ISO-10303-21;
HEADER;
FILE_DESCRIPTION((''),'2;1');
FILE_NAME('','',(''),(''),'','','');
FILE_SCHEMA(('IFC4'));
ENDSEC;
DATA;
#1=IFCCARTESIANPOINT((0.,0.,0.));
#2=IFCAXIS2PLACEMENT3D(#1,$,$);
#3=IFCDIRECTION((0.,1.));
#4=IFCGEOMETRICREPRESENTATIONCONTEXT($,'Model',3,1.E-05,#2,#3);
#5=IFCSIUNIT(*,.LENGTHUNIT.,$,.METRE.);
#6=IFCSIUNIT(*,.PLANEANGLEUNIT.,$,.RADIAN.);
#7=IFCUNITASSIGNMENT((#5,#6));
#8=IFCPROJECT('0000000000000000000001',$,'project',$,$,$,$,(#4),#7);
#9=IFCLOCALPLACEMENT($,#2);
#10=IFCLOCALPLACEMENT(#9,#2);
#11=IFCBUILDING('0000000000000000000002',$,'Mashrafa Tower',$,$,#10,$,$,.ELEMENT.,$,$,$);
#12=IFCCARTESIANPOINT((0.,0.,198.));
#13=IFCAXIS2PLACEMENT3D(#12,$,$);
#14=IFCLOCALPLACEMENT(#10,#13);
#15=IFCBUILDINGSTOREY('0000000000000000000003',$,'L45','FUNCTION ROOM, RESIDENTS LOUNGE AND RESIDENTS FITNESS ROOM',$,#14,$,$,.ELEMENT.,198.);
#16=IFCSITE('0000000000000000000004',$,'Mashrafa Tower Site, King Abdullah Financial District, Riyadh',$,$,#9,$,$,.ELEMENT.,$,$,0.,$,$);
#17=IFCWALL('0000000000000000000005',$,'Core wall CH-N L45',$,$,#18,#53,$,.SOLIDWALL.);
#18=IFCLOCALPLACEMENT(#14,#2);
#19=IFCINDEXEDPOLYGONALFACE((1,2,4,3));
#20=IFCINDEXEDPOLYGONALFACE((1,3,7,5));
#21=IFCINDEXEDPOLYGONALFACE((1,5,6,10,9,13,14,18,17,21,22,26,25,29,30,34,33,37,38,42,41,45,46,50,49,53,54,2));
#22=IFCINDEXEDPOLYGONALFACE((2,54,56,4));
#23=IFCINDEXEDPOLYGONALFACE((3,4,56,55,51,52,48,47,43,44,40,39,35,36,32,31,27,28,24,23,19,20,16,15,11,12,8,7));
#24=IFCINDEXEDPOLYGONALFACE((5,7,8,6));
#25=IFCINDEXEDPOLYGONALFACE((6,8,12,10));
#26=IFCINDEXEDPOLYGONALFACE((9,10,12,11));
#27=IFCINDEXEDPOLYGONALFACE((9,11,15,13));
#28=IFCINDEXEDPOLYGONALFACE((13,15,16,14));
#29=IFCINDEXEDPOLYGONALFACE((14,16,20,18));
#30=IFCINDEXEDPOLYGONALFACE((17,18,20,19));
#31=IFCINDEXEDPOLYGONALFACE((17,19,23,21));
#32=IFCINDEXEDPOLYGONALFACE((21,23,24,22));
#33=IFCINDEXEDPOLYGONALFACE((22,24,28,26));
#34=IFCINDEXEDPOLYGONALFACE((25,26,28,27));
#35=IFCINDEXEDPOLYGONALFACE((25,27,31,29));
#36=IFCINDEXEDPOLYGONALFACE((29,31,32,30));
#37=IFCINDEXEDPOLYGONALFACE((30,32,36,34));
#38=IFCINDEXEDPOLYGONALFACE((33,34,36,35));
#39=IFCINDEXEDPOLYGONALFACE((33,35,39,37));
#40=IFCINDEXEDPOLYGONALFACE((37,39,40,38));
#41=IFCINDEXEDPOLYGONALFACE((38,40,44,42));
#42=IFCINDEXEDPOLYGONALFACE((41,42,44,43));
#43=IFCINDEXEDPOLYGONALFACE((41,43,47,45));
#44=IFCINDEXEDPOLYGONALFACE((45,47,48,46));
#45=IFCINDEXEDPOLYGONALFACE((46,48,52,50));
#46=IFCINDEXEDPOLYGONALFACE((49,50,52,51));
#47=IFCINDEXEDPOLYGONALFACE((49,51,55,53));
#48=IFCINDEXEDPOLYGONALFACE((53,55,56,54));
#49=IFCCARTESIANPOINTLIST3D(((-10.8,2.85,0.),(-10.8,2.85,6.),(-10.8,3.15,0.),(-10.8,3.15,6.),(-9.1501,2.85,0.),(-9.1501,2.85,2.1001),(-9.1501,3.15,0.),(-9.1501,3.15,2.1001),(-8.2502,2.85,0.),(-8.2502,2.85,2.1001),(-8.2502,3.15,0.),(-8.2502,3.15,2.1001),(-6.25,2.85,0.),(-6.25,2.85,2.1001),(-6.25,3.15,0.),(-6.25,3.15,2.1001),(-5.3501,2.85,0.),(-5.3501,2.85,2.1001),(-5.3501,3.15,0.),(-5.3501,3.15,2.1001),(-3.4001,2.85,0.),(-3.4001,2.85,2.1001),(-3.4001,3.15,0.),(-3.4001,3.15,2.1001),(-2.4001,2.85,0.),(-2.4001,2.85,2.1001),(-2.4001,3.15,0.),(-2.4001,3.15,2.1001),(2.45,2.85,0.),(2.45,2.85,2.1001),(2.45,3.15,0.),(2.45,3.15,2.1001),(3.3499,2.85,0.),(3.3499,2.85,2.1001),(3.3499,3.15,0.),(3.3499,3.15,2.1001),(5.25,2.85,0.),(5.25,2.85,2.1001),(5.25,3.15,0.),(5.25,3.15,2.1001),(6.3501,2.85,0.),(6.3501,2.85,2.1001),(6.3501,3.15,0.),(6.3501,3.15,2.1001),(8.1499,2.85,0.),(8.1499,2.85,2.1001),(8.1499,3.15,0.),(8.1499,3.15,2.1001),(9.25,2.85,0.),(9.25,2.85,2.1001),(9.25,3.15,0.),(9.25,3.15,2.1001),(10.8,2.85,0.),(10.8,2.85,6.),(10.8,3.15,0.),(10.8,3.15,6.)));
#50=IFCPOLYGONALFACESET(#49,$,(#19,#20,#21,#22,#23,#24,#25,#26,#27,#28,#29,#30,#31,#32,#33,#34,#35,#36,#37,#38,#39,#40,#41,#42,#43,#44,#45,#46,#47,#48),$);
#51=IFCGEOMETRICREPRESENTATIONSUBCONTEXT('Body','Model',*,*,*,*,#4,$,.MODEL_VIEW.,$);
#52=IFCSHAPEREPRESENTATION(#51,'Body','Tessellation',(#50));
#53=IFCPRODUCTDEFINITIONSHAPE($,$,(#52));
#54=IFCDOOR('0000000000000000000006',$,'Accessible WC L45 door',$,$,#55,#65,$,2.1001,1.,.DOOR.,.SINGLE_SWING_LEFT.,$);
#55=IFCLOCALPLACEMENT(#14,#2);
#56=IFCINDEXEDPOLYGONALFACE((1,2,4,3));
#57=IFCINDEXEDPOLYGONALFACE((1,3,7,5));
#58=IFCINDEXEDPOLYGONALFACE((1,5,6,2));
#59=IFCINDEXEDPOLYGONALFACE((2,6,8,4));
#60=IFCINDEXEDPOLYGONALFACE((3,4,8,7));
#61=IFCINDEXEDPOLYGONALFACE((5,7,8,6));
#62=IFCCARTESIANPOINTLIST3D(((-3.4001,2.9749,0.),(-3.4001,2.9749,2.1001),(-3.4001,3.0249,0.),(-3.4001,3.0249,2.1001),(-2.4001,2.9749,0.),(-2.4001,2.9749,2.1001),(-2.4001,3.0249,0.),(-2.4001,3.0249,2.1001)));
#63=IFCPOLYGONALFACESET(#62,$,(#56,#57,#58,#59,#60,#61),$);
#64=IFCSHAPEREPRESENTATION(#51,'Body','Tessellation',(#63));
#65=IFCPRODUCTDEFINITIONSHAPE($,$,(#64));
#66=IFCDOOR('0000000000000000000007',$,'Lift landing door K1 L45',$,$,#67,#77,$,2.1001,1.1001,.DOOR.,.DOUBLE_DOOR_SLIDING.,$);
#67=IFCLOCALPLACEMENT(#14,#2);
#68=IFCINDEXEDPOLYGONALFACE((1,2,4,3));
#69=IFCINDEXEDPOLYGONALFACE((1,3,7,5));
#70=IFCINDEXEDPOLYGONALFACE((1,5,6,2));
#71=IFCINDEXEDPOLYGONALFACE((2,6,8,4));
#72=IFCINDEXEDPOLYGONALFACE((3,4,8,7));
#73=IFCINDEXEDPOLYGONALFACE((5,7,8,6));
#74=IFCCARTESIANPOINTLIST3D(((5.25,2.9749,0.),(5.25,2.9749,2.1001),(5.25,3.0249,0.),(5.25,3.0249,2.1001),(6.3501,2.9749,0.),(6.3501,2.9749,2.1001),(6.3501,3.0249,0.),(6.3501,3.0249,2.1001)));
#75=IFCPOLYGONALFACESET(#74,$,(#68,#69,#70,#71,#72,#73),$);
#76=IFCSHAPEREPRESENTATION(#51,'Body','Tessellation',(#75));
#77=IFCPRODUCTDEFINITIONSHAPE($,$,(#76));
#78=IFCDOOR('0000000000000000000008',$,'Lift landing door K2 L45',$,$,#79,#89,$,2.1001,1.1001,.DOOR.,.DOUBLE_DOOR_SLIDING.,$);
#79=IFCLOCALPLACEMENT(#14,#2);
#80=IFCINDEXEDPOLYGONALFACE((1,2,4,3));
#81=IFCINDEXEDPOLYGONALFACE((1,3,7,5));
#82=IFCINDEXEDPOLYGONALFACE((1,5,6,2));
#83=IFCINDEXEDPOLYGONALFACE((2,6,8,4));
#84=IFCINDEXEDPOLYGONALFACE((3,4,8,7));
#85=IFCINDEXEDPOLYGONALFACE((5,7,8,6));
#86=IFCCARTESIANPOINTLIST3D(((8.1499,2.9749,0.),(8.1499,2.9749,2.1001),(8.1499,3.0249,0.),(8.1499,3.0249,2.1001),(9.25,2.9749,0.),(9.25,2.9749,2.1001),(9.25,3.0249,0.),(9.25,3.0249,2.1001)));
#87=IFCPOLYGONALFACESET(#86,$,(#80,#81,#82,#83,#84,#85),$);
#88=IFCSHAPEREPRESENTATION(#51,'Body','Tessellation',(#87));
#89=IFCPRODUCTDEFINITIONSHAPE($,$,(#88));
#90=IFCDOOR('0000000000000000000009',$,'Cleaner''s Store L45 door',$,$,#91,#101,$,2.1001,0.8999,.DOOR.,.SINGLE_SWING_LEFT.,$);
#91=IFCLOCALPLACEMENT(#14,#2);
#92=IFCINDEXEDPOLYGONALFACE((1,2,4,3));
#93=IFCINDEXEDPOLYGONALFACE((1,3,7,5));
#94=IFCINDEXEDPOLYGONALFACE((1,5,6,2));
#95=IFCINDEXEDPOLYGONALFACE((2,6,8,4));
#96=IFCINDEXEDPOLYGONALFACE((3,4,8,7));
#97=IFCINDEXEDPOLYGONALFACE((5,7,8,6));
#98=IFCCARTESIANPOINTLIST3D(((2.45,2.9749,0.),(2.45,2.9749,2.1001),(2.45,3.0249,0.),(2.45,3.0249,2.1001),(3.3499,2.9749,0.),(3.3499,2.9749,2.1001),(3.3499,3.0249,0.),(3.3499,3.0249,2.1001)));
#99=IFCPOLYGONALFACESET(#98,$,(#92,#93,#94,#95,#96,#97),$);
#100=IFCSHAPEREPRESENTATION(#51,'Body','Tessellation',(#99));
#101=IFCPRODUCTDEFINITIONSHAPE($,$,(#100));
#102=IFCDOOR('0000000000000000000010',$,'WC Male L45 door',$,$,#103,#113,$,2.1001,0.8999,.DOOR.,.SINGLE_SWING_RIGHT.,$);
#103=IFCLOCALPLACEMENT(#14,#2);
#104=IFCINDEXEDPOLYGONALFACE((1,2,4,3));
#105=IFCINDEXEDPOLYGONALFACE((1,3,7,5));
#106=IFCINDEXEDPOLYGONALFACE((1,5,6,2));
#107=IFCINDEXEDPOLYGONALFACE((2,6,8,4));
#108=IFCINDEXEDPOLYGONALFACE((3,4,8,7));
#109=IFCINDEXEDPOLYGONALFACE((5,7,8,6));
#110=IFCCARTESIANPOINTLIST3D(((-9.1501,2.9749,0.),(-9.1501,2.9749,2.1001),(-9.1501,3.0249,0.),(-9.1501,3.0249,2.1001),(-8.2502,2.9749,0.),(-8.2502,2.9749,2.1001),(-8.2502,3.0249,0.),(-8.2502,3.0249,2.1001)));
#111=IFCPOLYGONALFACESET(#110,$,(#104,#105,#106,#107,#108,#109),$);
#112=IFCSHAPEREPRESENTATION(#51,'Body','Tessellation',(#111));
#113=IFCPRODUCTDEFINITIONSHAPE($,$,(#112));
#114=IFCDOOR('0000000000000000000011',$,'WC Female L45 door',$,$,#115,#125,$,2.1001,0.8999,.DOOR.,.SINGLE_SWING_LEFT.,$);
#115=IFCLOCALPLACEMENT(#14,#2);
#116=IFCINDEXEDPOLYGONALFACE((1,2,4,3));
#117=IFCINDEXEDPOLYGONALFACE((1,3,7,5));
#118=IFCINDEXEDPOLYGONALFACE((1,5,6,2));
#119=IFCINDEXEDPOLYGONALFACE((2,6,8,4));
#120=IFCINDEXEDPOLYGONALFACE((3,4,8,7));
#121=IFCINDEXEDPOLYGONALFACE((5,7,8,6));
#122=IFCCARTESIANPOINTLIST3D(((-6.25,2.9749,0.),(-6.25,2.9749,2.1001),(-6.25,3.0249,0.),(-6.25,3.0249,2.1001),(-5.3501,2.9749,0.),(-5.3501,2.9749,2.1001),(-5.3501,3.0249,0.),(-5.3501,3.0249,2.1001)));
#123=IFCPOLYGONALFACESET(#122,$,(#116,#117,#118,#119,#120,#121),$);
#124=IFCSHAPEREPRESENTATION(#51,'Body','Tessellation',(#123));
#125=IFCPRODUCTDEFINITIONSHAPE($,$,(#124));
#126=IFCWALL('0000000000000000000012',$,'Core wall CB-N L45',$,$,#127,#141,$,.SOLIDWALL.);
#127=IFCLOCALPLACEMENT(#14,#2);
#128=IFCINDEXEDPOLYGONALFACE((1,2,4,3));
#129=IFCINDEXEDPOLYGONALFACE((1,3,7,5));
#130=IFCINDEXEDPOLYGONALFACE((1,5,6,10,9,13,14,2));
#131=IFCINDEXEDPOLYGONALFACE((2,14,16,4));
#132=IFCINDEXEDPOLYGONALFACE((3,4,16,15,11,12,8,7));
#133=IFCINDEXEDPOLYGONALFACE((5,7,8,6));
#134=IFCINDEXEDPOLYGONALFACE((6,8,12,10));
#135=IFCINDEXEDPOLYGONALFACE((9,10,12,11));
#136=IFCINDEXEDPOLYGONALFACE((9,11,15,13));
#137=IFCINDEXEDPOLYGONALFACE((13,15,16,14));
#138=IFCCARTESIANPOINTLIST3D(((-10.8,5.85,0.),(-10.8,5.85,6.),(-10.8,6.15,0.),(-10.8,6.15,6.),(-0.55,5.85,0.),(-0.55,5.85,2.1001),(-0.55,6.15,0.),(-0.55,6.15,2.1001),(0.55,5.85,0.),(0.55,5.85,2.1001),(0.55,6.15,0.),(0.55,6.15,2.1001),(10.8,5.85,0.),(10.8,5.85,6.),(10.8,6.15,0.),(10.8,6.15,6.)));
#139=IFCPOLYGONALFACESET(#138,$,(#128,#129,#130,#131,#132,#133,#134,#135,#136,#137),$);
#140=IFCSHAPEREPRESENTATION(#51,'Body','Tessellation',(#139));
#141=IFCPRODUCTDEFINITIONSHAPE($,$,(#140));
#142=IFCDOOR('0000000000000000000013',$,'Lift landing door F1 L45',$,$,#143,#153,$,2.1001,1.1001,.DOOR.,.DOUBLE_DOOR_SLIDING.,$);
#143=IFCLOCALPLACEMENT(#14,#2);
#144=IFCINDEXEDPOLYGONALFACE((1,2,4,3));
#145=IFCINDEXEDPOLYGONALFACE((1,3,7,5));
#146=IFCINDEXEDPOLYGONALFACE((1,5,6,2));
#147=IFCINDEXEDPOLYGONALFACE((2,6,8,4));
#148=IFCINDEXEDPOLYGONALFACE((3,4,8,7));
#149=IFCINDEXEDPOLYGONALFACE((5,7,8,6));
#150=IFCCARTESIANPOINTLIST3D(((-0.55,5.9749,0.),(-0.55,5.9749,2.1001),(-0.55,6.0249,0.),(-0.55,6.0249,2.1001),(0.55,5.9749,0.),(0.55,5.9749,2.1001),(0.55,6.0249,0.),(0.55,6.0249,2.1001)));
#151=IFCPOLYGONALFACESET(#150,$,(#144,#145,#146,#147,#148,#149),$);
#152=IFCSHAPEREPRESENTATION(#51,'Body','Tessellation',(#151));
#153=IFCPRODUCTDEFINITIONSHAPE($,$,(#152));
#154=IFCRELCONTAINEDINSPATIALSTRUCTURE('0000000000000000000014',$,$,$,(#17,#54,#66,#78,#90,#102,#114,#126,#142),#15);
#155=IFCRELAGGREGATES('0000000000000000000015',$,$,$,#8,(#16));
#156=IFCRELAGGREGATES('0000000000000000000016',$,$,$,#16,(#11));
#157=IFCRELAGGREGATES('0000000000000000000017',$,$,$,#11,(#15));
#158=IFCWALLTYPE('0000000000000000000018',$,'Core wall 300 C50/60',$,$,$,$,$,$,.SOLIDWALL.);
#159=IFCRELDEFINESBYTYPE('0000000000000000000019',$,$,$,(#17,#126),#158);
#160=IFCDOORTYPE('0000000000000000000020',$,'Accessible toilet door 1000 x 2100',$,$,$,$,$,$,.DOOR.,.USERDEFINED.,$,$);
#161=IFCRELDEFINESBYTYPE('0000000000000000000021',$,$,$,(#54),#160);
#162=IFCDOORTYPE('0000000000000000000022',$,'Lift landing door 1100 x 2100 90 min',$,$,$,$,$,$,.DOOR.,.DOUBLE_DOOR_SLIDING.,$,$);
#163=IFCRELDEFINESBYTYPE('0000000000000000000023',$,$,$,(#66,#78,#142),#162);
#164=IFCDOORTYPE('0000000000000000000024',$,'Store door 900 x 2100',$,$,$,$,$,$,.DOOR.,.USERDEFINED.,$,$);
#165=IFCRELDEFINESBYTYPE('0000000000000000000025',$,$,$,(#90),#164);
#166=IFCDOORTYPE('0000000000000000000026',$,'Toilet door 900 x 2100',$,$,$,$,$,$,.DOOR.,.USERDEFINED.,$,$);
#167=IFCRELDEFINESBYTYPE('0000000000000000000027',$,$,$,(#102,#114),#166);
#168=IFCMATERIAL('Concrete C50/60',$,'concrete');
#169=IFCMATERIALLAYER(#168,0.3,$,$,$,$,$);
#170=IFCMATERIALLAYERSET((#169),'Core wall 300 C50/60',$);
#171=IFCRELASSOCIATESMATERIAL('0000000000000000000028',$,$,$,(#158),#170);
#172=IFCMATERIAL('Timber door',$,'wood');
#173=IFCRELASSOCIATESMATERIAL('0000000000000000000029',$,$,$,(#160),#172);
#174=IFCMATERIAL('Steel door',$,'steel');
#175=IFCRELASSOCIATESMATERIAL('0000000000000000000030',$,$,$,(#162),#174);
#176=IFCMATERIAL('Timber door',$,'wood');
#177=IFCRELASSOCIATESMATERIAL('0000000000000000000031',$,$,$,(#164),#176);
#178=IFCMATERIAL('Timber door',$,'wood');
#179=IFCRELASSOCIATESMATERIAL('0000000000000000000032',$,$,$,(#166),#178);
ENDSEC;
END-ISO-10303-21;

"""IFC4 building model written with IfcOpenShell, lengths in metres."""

from ifc_helpers import new_model, si_unit, direction, frame, frame_2d, origin, place, context, subcontext, project, spatial, rectangle, extrude, material, layer, layer_set, type_object, element, fill, save


model = new_model("IFC4")

# Units and contexts
model_context = context("Model", 3, precision=1e-05, world=origin(), true_north=direction((0.0, 1.0)))
body_context = subcontext(model_context, "Body", "Model", "MODEL_VIEW")
ifc_project = project(units=[si_unit("LENGTHUNIT", "METRE"), si_unit("PLANEANGLEUNIT", "RADIAN")], contexts=[model_context])

# Site, building, storey
site_placement = place(None, origin())
site = spatial("IfcSite", under=ifc_project, at=site_placement, Name="Mashrafa Tower Site, King Abdullah Financial District, Riyadh", CompositionType="ELEMENT", RefElevation=0.0)
building_placement = place(site_placement, origin())
building = spatial("IfcBuilding", under=site, at=building_placement, Name="Mashrafa Tower", CompositionType="ELEMENT")
storey_placement = place(building_placement, frame((0.0, 0.0, 198.0)))
storey = spatial("IfcBuildingStorey", under=building, at=storey_placement, Name="L45", Description="FUNCTION ROOM, RESIDENTS LOUNGE AND RESIDENTS FITNESS ROOM", CompositionType="ELEMENT", Elevation=198.0)

# Wall, openings, doors
ifc_material_1 = material(Name="Concrete C50/60", Category="concrete")
ifc_layer_1 = layer(ifc_material_1, 0.3)
ifc_layer_set_1 = layer_set([ifc_layer_1], Name="Core wall 300 C50/60")
wall_type = type_object("IfcWallType", Name="Core wall 300 C50/60", PredefinedType="SOLIDWALL", material=ifc_layer_set_1)
wall_1_placement = place(storey_placement, frame((-10.8, 3.0, 0.0), z_axis=(0.0, 0.0, 1.0), x_axis=(1.0, 0.0, 0.0)))
wall_1 = element("IfcWall", 1, at=wall_1_placement, inside=storey, type_object=wall_type, Name="Core wall CH-N L45", PredefinedType="SOLIDWALL", context=body_context, shape_type="SweptSolid", body=[
    extrude(rectangle(XDim=21.6001, YDim=0.3, at=frame_2d((10.8, 0.0))), origin(), (0.0, 0.0, 1.0), 6.0),
])
opening_1_placement = place(wall_1_placement, frame((1.6499, 0.0, 0.0)))
opening_1 = element("IfcOpeningElement", 2, at=opening_1_placement, cuts=wall_1, PredefinedType="OPENING", context=body_context, shape_type="SweptSolid", body=[
    extrude(rectangle(XDim=0.8999, YDim=2.1001, at=frame_2d((0.45, 1.05))), frame((0.0, 0.1599, 0.0), z_axis=(0.0, -1.0, 0.0), x_axis=(1.0, 0.0, 0.0)), (0.0, 0.0, 1.0), 0.3201),
])
opening_2_placement = place(wall_1_placement, frame((4.55, 0.0, 0.0)))
opening_2 = element("IfcOpeningElement", 3, at=opening_2_placement, cuts=wall_1, PredefinedType="OPENING", context=body_context, shape_type="SweptSolid", body=[
    extrude(rectangle(XDim=0.8999, YDim=2.1001, at=frame_2d((0.45, 1.05))), frame((0.0, 0.1599, 0.0), z_axis=(0.0, -1.0, 0.0), x_axis=(1.0, 0.0, 0.0)), (0.0, 0.0, 1.0), 0.3201),
])
opening_3_placement = place(wall_1_placement, frame((7.3999, 0.0, 0.0)))
opening_3 = element("IfcOpeningElement", 4, at=opening_3_placement, cuts=wall_1, PredefinedType="OPENING", context=body_context, shape_type="SweptSolid", body=[
    extrude(rectangle(XDim=1.0, YDim=2.1001, at=frame_2d((0.5, 1.05))), frame((0.0, 0.1599, 0.0), z_axis=(0.0, -1.0, 0.0), x_axis=(1.0, 0.0, 0.0)), (0.0, 0.0, 1.0), 0.3201),
])
opening_4_placement = place(wall_1_placement, frame((13.25, 0.0, 0.0)))
opening_4 = element("IfcOpeningElement", 5, at=opening_4_placement, cuts=wall_1, PredefinedType="OPENING", context=body_context, shape_type="SweptSolid", body=[
    extrude(rectangle(XDim=0.8999, YDim=2.1001, at=frame_2d((0.45, 1.05))), frame((0.0, 0.1599, 0.0), z_axis=(0.0, -1.0, 0.0), x_axis=(1.0, 0.0, 0.0)), (0.0, 0.0, 1.0), 0.3201),
])
opening_5_placement = place(wall_1_placement, frame((16.05, 0.0, 0.0)))
opening_5 = element("IfcOpeningElement", 6, at=opening_5_placement, cuts=wall_1, PredefinedType="OPENING", context=body_context, shape_type="SweptSolid", body=[
    extrude(rectangle(XDim=1.1001, YDim=2.1001, at=frame_2d((0.55, 1.05))), frame((0.0, 0.1599, 0.0), z_axis=(0.0, -1.0, 0.0), x_axis=(1.0, 0.0, 0.0)), (0.0, 0.0, 1.0), 0.3201),
])
opening_6_placement = place(wall_1_placement, frame((18.95, 0.0, 0.0)))
opening_6 = element("IfcOpeningElement", 7, at=opening_6_placement, cuts=wall_1, PredefinedType="OPENING", context=body_context, shape_type="SweptSolid", body=[
    extrude(rectangle(XDim=1.1001, YDim=2.1001, at=frame_2d((0.55, 1.05))), frame((0.0, 0.1599, 0.0), z_axis=(0.0, -1.0, 0.0), x_axis=(1.0, 0.0, 0.0)), (0.0, 0.0, 1.0), 0.3201),
])
ifc_material_2 = material(Name="Timber door", Category="wood")
door_type_1 = type_object("IfcDoorType", Name="Accessible toilet door 1000 x 2100", OperationType="USERDEFINED", PredefinedType="DOOR", material=ifc_material_2)
door_1_placement = place(opening_3_placement, origin())
door_1 = element("IfcDoor", 8, at=door_1_placement, inside=storey, type_object=door_type_1, Name="Accessible WC L45 door", OperationType="SINGLE_SWING_LEFT", OverallHeight=2.1001, OverallWidth=1.0, PredefinedType="DOOR", context=body_context, shape_type="SweptSolid", body=[
    extrude(rectangle(XDim=1.0, YDim=2.1001, at=frame_2d((0.5, 1.05))), frame((0.0, 0.0249, 0.0), z_axis=(0.0, -1.0, 0.0), x_axis=(1.0, 0.0, 0.0)), (0.0, 0.0, 1.0), 0.05),
])
fill(opening_3, door_1)
ifc_material_3 = material(Name="Steel door", Category="steel")
door_type_2 = type_object("IfcDoorType", Name="Lift landing door 1100 x 2100 90 min", OperationType="DOUBLE_DOOR_SLIDING", PredefinedType="DOOR", material=ifc_material_3)
door_2_placement = place(opening_5_placement, origin())
door_2 = element("IfcDoor", 9, at=door_2_placement, inside=storey, type_object=door_type_2, Name="Lift landing door K1 L45", OperationType="DOUBLE_DOOR_SLIDING", OverallHeight=2.1001, OverallWidth=1.1001, PredefinedType="DOOR", context=body_context, shape_type="SweptSolid", body=[
    extrude(rectangle(XDim=1.1001, YDim=2.1001, at=frame_2d((0.55, 1.05))), frame((0.0, 0.0249, 0.0), z_axis=(0.0, -1.0, 0.0), x_axis=(1.0, 0.0, 0.0)), (0.0, 0.0, 1.0), 0.05),
])
fill(opening_5, door_2)
door_3_placement = place(opening_6_placement, origin())
door_3 = element("IfcDoor", 10, at=door_3_placement, inside=storey, type_object=door_type_2, Name="Lift landing door K2 L45", OperationType="DOUBLE_DOOR_SLIDING", OverallHeight=2.1001, OverallWidth=1.1001, PredefinedType="DOOR", context=body_context, shape_type="SweptSolid", body=[
    extrude(rectangle(XDim=1.1001, YDim=2.1001, at=frame_2d((0.55, 1.05))), frame((0.0, 0.0249, 0.0), z_axis=(0.0, -1.0, 0.0), x_axis=(1.0, 0.0, 0.0)), (0.0, 0.0, 1.0), 0.05),
])
fill(opening_6, door_3)
ifc_material_4 = material(Name="Timber door", Category="wood")
door_type_3 = type_object("IfcDoorType", Name="Store door 900 x 2100", OperationType="USERDEFINED", PredefinedType="DOOR", material=ifc_material_4)
door_4_placement = place(opening_4_placement, origin())
door_4 = element("IfcDoor", 11, at=door_4_placement, inside=storey, type_object=door_type_3, Name="Cleaner's Store L45 door", OperationType="SINGLE_SWING_LEFT", OverallHeight=2.1001, OverallWidth=0.8999, PredefinedType="DOOR", context=body_context, shape_type="SweptSolid", body=[
    extrude(rectangle(XDim=0.8999, YDim=2.1001, at=frame_2d((0.45, 1.05))), frame((0.0, 0.0249, 0.0), z_axis=(0.0, -1.0, 0.0), x_axis=(1.0, 0.0, 0.0)), (0.0, 0.0, 1.0), 0.05),
])
fill(opening_4, door_4)
ifc_material_5 = material(Name="Timber door", Category="wood")
door_type_4 = type_object("IfcDoorType", Name="Toilet door 900 x 2100", OperationType="USERDEFINED", PredefinedType="DOOR", material=ifc_material_5)
door_5_placement = place(opening_1_placement, origin())
door_5 = element("IfcDoor", 12, at=door_5_placement, inside=storey, type_object=door_type_4, Name="WC Male L45 door", OperationType="SINGLE_SWING_RIGHT", OverallHeight=2.1001, OverallWidth=0.8999, PredefinedType="DOOR", context=body_context, shape_type="SweptSolid", body=[
    extrude(rectangle(XDim=0.8999, YDim=2.1001, at=frame_2d((0.45, 1.05))), frame((0.0, 0.0249, 0.0), z_axis=(0.0, -1.0, 0.0), x_axis=(1.0, 0.0, 0.0)), (0.0, 0.0, 1.0), 0.05),
])
fill(opening_1, door_5)
door_6_placement = place(opening_2_placement, origin())
door_6 = element("IfcDoor", 13, at=door_6_placement, inside=storey, type_object=door_type_4, Name="WC Female L45 door", OperationType="SINGLE_SWING_LEFT", OverallHeight=2.1001, OverallWidth=0.8999, PredefinedType="DOOR", context=body_context, shape_type="SweptSolid", body=[
    extrude(rectangle(XDim=0.8999, YDim=2.1001, at=frame_2d((0.45, 1.05))), frame((0.0, 0.0249, 0.0), z_axis=(0.0, -1.0, 0.0), x_axis=(1.0, 0.0, 0.0)), (0.0, 0.0, 1.0), 0.05),
])
fill(opening_2, door_6)

# Wall, opening, door
wall_2_placement = place(storey_placement, frame((-10.8, 6.0, 0.0), z_axis=(0.0, 0.0, 1.0), x_axis=(1.0, 0.0, 0.0)))
wall_2 = element("IfcWall", 14, at=wall_2_placement, inside=storey, type_object=wall_type, Name="Core wall CB-N L45", PredefinedType="SOLIDWALL", context=body_context, shape_type="SweptSolid", body=[
    extrude(rectangle(XDim=21.6001, YDim=0.3, at=frame_2d((10.8, 0.0))), origin(), (0.0, 0.0, 1.0), 6.0),
])
opening_7_placement = place(wall_2_placement, frame((10.25, 0.0, 0.0)))
opening_7 = element("IfcOpeningElement", 15, at=opening_7_placement, cuts=wall_2, PredefinedType="OPENING", context=body_context, shape_type="SweptSolid", body=[
    extrude(rectangle(XDim=1.1001, YDim=2.1001, at=frame_2d((0.55, 1.05))), frame((0.0, 0.1599, 0.0), z_axis=(0.0, -1.0, 0.0), x_axis=(1.0, 0.0, 0.0)), (0.0, 0.0, 1.0), 0.3201),
])
door_7_placement = place(opening_7_placement, origin())
door_7 = element("IfcDoor", 16, at=door_7_placement, inside=storey, type_object=door_type_2, Name="Lift landing door F1 L45", OperationType="DOUBLE_DOOR_SLIDING", OverallHeight=2.1001, OverallWidth=1.1001, PredefinedType="DOOR", context=body_context, shape_type="SweptSolid", body=[
    extrude(rectangle(XDim=1.1001, YDim=2.1001, at=frame_2d((0.55, 1.05))), frame((0.0, 0.0249, 0.0), z_axis=(0.0, -1.0, 0.0), x_axis=(1.0, 0.0, 0.0)), (0.0, 0.0, 1.0), 0.05),
])
fill(opening_7, door_7)

save(model, "model.ifc")
